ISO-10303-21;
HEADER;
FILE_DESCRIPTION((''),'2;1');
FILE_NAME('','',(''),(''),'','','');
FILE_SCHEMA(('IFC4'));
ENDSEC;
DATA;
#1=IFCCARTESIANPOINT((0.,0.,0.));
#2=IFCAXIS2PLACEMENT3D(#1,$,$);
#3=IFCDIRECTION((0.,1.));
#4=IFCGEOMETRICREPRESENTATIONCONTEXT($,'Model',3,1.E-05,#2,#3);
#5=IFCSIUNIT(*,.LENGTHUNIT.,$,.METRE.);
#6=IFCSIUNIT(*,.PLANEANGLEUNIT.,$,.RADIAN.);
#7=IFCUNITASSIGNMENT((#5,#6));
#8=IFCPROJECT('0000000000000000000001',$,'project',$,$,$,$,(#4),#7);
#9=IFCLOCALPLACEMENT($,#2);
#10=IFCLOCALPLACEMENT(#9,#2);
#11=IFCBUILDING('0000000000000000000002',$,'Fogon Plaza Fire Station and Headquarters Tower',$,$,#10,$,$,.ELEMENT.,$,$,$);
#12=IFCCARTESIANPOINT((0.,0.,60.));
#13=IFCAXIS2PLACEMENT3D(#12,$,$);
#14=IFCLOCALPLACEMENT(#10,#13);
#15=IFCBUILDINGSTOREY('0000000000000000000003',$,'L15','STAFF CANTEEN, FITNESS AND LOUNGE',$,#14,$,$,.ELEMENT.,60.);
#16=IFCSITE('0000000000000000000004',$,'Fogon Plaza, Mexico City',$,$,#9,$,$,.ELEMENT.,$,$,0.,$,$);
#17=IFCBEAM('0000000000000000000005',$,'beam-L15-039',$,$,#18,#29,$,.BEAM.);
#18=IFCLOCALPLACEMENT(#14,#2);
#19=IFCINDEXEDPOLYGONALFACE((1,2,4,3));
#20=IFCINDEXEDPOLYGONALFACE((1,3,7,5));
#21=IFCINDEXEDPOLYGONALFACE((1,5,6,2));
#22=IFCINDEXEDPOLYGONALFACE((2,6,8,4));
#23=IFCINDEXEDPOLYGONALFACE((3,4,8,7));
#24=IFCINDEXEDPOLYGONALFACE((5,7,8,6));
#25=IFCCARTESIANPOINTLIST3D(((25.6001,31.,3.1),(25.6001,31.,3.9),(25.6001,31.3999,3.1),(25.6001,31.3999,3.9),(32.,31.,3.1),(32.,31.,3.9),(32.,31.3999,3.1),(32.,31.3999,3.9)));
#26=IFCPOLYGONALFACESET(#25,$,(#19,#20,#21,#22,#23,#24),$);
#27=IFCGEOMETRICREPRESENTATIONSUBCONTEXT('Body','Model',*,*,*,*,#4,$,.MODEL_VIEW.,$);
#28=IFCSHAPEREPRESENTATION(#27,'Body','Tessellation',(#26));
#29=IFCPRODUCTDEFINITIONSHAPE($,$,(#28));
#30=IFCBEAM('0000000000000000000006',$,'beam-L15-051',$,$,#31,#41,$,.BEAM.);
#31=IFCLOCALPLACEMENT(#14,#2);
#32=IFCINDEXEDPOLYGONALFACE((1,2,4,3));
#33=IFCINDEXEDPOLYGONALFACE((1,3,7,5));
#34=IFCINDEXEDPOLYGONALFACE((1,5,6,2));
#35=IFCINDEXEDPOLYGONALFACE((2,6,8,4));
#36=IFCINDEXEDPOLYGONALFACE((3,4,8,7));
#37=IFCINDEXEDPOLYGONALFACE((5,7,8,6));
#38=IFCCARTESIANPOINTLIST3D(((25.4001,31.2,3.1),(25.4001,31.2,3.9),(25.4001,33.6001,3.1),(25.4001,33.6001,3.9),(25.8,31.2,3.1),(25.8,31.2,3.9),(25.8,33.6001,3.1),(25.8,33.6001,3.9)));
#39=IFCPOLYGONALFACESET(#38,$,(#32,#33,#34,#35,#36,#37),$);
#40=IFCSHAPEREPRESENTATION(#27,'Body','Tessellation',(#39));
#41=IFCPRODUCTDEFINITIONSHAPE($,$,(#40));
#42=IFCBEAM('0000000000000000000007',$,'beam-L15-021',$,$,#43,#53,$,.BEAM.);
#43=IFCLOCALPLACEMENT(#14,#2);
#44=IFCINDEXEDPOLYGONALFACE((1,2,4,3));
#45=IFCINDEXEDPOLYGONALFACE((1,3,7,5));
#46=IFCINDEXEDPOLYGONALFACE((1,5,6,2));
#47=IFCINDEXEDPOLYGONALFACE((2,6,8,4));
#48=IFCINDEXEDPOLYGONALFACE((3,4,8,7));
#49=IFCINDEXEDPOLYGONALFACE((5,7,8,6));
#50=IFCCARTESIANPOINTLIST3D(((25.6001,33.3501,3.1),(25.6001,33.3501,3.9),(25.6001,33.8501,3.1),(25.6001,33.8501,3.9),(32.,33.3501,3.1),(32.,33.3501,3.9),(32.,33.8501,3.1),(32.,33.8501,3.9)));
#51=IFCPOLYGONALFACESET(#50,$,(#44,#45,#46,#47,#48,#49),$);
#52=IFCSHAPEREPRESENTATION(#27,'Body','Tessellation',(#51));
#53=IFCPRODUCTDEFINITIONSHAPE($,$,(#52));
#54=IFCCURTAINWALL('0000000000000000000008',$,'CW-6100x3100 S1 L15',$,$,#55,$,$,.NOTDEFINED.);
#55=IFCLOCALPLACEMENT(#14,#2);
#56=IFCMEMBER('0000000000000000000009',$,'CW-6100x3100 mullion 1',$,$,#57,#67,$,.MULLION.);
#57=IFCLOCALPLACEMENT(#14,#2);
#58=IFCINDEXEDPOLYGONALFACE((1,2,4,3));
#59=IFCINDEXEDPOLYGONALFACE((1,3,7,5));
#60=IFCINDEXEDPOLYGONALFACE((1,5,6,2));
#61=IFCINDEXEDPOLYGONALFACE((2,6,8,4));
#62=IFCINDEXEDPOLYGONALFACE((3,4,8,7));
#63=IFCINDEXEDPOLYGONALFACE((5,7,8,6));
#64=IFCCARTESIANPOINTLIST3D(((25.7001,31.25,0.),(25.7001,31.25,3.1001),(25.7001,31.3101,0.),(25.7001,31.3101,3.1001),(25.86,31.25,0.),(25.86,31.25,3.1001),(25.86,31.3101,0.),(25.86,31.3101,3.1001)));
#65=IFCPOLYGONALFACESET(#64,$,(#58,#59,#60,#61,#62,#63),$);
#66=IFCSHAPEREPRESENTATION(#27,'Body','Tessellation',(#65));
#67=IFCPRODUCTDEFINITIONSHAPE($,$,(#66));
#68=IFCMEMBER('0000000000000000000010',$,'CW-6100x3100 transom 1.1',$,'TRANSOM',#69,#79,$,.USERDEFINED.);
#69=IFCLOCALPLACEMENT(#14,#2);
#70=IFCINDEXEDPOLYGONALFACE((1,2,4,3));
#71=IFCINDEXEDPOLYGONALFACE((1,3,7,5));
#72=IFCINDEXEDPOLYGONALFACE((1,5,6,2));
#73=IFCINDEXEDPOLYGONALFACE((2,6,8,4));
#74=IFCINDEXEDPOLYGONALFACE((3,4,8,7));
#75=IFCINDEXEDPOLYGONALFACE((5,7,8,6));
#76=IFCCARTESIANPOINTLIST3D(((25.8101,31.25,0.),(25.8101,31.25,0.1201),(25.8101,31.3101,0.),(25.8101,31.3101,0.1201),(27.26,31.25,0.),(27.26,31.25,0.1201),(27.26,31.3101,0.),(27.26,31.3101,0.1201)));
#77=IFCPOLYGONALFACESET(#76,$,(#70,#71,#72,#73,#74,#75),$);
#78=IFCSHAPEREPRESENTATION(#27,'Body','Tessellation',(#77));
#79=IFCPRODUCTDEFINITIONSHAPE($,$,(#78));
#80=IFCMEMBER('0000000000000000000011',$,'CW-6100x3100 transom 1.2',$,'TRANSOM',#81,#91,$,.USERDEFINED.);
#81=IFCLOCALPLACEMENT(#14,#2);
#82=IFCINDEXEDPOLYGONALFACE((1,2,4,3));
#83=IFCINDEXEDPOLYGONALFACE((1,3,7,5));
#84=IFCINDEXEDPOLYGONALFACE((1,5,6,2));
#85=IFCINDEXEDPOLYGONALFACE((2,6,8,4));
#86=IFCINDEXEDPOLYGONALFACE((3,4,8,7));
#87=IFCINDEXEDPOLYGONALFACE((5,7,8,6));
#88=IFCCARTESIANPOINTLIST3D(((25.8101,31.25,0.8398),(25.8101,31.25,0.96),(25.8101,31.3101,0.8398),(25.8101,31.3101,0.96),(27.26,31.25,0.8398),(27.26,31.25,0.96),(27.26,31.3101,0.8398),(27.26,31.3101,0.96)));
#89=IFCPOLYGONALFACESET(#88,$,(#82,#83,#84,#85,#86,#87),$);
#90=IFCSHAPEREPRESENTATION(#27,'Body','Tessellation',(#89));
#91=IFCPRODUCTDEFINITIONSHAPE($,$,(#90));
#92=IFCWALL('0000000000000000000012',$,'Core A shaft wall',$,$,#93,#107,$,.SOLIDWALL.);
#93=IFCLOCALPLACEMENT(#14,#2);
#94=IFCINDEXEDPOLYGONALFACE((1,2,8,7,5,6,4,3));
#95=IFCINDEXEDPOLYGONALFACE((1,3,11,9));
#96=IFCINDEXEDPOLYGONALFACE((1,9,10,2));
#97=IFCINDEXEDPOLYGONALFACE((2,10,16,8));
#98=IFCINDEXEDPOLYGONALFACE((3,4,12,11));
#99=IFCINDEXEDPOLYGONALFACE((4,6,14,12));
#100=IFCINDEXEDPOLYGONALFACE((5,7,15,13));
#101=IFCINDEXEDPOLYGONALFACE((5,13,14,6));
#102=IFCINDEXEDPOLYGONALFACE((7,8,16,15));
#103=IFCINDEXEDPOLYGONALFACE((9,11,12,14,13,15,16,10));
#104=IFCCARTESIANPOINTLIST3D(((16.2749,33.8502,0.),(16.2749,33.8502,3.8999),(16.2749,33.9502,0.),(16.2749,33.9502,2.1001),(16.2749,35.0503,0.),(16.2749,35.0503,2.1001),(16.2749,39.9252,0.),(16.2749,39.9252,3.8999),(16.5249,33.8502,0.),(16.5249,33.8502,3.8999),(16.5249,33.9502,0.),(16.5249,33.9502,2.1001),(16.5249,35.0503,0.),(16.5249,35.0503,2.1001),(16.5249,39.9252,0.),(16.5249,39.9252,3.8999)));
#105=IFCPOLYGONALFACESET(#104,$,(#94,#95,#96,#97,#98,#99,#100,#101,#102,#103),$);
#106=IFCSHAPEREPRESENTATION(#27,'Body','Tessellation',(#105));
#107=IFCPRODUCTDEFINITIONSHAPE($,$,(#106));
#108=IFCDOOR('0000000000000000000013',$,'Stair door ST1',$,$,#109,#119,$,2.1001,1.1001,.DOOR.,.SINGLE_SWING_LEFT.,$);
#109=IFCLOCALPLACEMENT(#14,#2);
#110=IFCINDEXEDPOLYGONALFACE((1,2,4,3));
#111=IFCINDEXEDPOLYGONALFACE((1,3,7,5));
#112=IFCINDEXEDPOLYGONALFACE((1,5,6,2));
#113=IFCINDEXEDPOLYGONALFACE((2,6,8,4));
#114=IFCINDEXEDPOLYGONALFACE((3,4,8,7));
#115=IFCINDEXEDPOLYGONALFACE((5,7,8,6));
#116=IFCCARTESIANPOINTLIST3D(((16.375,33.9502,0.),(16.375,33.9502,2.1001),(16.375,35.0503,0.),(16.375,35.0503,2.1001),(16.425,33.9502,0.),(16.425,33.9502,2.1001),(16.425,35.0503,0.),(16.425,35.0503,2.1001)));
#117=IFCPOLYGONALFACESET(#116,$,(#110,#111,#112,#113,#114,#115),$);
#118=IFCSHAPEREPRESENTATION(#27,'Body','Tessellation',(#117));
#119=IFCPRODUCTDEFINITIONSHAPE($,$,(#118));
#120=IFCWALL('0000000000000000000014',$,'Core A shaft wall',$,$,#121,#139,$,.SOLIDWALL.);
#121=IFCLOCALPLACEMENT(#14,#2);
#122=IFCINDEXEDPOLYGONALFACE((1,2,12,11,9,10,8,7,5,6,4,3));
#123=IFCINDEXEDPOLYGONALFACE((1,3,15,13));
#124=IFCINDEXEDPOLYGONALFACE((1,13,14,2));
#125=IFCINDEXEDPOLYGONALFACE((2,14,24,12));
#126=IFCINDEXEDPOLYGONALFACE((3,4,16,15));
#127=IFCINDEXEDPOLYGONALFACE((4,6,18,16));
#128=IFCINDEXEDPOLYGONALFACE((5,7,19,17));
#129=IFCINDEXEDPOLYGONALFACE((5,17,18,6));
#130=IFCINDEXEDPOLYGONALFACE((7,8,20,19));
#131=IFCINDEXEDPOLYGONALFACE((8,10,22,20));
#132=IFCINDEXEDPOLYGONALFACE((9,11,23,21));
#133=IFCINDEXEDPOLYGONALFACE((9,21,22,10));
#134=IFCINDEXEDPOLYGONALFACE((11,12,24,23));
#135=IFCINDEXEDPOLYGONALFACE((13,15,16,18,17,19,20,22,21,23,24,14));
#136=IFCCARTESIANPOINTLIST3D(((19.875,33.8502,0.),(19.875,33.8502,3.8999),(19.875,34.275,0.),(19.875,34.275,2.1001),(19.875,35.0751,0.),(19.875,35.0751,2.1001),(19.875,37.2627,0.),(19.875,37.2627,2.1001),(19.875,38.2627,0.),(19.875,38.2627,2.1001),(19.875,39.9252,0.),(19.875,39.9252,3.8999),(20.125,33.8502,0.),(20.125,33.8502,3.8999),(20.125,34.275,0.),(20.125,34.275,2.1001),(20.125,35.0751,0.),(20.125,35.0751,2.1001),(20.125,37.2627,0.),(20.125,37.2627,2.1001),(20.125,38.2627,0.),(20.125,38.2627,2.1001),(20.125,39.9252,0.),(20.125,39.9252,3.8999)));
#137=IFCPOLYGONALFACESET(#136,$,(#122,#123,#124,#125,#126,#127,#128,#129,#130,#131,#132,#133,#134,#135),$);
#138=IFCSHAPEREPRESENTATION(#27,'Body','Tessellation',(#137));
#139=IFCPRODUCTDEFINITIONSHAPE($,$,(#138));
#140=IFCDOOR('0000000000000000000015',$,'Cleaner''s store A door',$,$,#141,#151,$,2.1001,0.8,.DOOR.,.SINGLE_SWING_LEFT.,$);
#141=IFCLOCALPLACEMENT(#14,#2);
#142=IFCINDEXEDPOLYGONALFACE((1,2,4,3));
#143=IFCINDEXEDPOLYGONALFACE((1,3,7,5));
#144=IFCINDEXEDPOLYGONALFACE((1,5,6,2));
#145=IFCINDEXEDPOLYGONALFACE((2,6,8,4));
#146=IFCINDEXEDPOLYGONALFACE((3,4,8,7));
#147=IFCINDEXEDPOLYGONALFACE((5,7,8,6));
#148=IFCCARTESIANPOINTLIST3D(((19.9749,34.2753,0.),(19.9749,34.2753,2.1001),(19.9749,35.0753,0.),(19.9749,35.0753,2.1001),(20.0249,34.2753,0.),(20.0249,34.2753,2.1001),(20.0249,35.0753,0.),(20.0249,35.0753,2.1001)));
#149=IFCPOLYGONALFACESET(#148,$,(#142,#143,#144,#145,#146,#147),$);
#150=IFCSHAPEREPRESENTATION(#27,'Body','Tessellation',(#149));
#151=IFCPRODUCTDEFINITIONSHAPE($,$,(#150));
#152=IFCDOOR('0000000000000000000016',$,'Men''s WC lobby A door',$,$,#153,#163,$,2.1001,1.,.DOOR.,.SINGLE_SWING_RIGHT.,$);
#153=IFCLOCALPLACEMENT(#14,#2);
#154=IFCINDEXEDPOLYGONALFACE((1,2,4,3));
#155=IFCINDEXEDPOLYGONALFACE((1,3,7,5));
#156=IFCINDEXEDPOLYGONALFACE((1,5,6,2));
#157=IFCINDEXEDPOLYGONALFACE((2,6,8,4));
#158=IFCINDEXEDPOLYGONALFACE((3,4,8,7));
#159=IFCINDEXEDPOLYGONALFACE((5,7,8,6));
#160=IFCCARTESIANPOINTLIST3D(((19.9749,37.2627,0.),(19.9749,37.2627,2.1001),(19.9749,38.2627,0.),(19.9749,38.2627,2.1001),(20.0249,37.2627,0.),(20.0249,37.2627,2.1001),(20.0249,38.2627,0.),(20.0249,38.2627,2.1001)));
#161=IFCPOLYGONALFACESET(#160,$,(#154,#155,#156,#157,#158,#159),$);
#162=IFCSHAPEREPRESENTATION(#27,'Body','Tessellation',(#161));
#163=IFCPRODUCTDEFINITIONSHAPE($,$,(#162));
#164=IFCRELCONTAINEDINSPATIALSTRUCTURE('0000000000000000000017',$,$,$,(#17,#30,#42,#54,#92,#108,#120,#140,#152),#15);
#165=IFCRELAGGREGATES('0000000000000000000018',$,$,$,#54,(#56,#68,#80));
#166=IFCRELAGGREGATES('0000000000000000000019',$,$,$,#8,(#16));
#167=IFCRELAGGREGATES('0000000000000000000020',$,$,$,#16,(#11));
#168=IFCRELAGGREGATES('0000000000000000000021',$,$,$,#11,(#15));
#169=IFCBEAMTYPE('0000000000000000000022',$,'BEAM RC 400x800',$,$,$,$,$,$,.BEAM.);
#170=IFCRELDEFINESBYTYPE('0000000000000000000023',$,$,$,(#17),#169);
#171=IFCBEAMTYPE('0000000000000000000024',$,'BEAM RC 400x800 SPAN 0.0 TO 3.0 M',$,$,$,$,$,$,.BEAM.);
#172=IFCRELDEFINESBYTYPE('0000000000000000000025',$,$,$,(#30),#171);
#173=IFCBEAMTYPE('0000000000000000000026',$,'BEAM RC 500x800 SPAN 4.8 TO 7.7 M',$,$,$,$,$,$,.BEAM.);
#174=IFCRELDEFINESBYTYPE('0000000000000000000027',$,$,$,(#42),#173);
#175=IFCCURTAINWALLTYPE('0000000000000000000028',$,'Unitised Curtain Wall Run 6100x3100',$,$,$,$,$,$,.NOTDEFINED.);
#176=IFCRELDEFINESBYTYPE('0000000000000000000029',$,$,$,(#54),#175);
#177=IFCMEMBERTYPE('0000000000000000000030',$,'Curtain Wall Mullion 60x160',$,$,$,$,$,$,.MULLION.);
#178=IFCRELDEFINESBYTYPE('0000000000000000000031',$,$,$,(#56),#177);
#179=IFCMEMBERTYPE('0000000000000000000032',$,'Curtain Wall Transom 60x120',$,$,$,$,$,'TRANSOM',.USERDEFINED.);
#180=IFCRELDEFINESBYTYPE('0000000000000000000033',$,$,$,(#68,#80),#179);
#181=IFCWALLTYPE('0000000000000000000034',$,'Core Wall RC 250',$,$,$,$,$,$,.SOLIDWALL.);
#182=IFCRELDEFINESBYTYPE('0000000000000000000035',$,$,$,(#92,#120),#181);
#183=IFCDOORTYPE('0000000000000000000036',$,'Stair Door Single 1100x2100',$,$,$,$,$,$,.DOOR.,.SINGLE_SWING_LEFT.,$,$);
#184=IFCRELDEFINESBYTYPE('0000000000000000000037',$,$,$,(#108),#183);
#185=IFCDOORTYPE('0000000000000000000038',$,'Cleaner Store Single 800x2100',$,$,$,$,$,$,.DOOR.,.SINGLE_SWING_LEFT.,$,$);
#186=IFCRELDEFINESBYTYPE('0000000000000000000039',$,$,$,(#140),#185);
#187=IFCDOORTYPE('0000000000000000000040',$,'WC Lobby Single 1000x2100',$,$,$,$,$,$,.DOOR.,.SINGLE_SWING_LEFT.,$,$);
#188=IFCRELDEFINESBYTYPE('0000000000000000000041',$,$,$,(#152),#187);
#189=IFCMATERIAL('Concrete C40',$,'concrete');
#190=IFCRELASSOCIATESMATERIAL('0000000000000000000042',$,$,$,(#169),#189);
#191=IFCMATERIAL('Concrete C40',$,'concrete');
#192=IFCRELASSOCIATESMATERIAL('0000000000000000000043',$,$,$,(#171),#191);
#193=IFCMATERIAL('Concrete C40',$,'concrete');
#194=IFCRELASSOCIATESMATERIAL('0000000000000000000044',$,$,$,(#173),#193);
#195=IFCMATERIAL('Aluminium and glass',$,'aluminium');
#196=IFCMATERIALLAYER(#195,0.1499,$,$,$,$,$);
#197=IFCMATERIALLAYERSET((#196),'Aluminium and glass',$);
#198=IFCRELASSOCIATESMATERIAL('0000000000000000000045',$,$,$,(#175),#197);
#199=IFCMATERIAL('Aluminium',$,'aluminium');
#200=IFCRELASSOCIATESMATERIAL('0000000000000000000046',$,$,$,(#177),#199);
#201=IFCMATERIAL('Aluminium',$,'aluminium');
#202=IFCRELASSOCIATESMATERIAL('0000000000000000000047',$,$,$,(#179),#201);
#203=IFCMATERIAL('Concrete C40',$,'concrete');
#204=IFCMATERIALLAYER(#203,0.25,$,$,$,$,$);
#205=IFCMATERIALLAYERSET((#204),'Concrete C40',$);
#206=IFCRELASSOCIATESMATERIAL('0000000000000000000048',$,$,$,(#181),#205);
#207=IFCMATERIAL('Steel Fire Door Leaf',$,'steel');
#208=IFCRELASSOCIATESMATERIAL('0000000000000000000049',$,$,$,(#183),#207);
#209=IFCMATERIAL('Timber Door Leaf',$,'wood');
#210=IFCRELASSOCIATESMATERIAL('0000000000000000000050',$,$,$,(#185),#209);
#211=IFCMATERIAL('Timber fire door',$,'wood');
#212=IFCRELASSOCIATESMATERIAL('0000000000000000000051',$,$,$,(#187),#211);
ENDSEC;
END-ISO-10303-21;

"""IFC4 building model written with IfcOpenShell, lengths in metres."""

from ifc_helpers import new_model, si_unit, direction, frame, frame_2d, origin, origin_2d, place, context, subcontext, project, spatial, rectangle, extrude, material, layer, layer_set, material_profile, profile_set, type_object, element, fill, aggregate, save


model = new_model("IFC4")

# Units and contexts
model_context = context("Model", 3, precision=1e-05, world=origin(), true_north=direction((0.0, 1.0)))
body_context = subcontext(model_context, "Body", "Model", "MODEL_VIEW")
ifc_project = project(units=[si_unit("LENGTHUNIT", "METRE"), si_unit("PLANEANGLEUNIT", "RADIAN")], contexts=[model_context])

# Site, building, storey
site_placement = place(None, origin())
site = spatial("IfcSite", under=ifc_project, at=site_placement, Name="Fogon Plaza, Mexico City", CompositionType="ELEMENT", RefElevation=0.0)
building_placement = place(site_placement, origin())
building = spatial("IfcBuilding", under=site, at=building_placement, Name="Fogon Plaza Fire Station and Headquarters Tower", CompositionType="ELEMENT")
storey_placement = place(building_placement, frame((0.0, 0.0, 60.0)))
storey = spatial("IfcBuildingStorey", under=building, at=storey_placement, Name="L15", Description="STAFF CANTEEN, FITNESS AND LOUNGE", CompositionType="ELEMENT", Elevation=60.0)

# Beams
ifc_material_1 = material(Name="Concrete C40", Category="concrete")
ifc_material_profile_1 = material_profile(ifc_material_1, rectangle(XDim=0.3999, YDim=0.8, at=origin_2d()), Name="RC 400x800")
ifc_profile_set_1 = profile_set([ifc_material_profile_1], Name="Concrete C40")
beam_type_1 = type_object("IfcBeamType", Name="BEAM RC 400x800", PredefinedType="BEAM", material=ifc_profile_set_1)
beam_1_placement = place(storey_placement, frame((25.6001, 31.2, 3.5), z_axis=(1.0, 0.0, 0.0), x_axis=(0.0, 1.0, 0.0)))
element("IfcBeam", 1, at=beam_1_placement, inside=storey, type_object=beam_type_1, Name="beam-L15-039", PredefinedType="BEAM", context=body_context, shape_type="SweptSolid", body=[
    extrude(rectangle(XDim=0.3999, YDim=0.8, at=origin_2d()), origin(), (0.0, 0.0, 1.0), 6.3999),
])
ifc_material_2 = material(Name="Concrete C40", Category="concrete")
ifc_material_profile_2 = material_profile(ifc_material_2, rectangle(XDim=0.3999, YDim=0.8, at=origin_2d()), Name="RC 400x800")
ifc_profile_set_2 = profile_set([ifc_material_profile_2], Name="Concrete C40")
beam_type_2 = type_object("IfcBeamType", Name="BEAM RC 400x800 SPAN 0.0 TO 3.0 M", PredefinedType="BEAM", material=ifc_profile_set_2)
beam_2_placement = place(storey_placement, frame((25.6001, 31.2, 3.5), z_axis=(0.0, 1.0, 0.0), x_axis=(-1.0, 0.0, 0.0)))
element("IfcBeam", 2, at=beam_2_placement, inside=storey, type_object=beam_type_2, Name="beam-L15-051", PredefinedType="BEAM", context=body_context, shape_type="SweptSolid", body=[
    extrude(rectangle(XDim=0.3999, YDim=0.8, at=origin_2d()), origin(), (0.0, 0.0, 1.0), 2.4001),
])
ifc_material_3 = material(Name="Concrete C40", Category="concrete")
ifc_material_profile_3 = material_profile(ifc_material_3, rectangle(XDim=0.5, YDim=0.8, at=origin_2d()), Name="RC 500x800")
ifc_profile_set_3 = profile_set([ifc_material_profile_3], Name="Concrete C40")
beam_type_3 = type_object("IfcBeamType", Name="BEAM RC 500x800 SPAN 4.8 TO 7.7 M", PredefinedType="BEAM", material=ifc_profile_set_3)
beam_3_placement = place(storey_placement, frame((25.6001, 33.6001, 3.5), z_axis=(1.0, 0.0, 0.0), x_axis=(0.0, 1.0, 0.0)))
element("IfcBeam", 3, at=beam_3_placement, inside=storey, type_object=beam_type_3, Name="beam-L15-021", PredefinedType="BEAM", context=body_context, shape_type="SweptSolid", body=[
    extrude(rectangle(XDim=0.5, YDim=0.8, at=origin_2d()), origin(), (0.0, 0.0, 1.0), 6.3999),
])

# Curtain wall, members
ifc_material_4 = material(Name="Aluminium and glass", Category="aluminium")
ifc_layer_1 = layer(ifc_material_4, 0.1499)
ifc_layer_set_1 = layer_set([ifc_layer_1], Name="Aluminium and glass")
curtain_wall_type = type_object("IfcCurtainWallType", Name="Unitised Curtain Wall Run 6100x3100", PredefinedType="NOTDEFINED", material=ifc_layer_set_1)
curtain_wall_placement = place(storey_placement, origin())
curtain_wall = element("IfcCurtainWall", 4, at=curtain_wall_placement, inside=storey, type_object=curtain_wall_type, Name="CW-6100x3100 S1 L15", PredefinedType="NOTDEFINED")
ifc_material_5 = material(Name="Aluminium", Category="aluminium")
ifc_material_profile_4 = material_profile(ifc_material_5, rectangle(XDim=0.0601, YDim=0.1599, at=origin_2d()), Name="Curtain Wall Mullion 60x160")
ifc_profile_set_4 = profile_set([ifc_material_profile_4], Name="Aluminium")
member_type_1 = type_object("IfcMemberType", Name="Curtain Wall Mullion 60x160", PredefinedType="MULLION", material=ifc_profile_set_4)
member_1_placement = place(storey_placement, frame((25.78, 31.28, 0.0), z_axis=(0.0, 0.0, 1.0), x_axis=(0.0, 1.0, 0.0)))
member_1 = element("IfcMember", 5, at=member_1_placement, type_object=member_type_1, Name="CW-6100x3100 mullion 1", PredefinedType="MULLION", context=body_context, shape_type="SweptSolid", body=[
    extrude(rectangle(XDim=0.0601, YDim=0.1599, at=origin_2d()), origin(), (0.0, 0.0, 1.0), 3.1001),
])
ifc_material_6 = material(Name="Aluminium", Category="aluminium")
ifc_material_profile_5 = material_profile(ifc_material_6, rectangle(XDim=0.0601, YDim=0.1201, at=origin_2d()), Name="Curtain Wall Transom 60x120")
ifc_profile_set_5 = profile_set([ifc_material_profile_5], Name="Aluminium")
member_type_2 = type_object("IfcMemberType", Name="Curtain Wall Transom 60x120", ElementType="TRANSOM", PredefinedType="USERDEFINED", material=ifc_profile_set_5)
member_2_placement = place(storey_placement, frame((25.8101, 31.28, 0.0601), z_axis=(1.0, 0.0, 0.0), x_axis=(0.0, 1.0, 0.0)))
member_2 = element("IfcMember", 6, at=member_2_placement, type_object=member_type_2, Name="CW-6100x3100 transom 1.1", ObjectType="TRANSOM", PredefinedType="USERDEFINED", context=body_context, shape_type="SweptSolid", body=[
    extrude(rectangle(XDim=0.0601, YDim=0.1201, at=origin_2d()), origin(), (0.0, 0.0, 1.0), 1.45),
])
member_3_placement = place(storey_placement, frame((25.8101, 31.28, 0.8999), z_axis=(1.0, 0.0, 0.0), x_axis=(0.0, 1.0, 0.0)))
member_3 = element("IfcMember", 7, at=member_3_placement, type_object=member_type_2, Name="CW-6100x3100 transom 1.2", ObjectType="TRANSOM", PredefinedType="USERDEFINED", context=body_context, shape_type="SweptSolid", body=[
    extrude(rectangle(XDim=0.0601, YDim=0.1201, at=origin_2d()), origin(), (0.0, 0.0, 1.0), 1.45),
])
aggregate(curtain_wall, [member_1, member_2, member_3])

# Wall, opening, door
ifc_material_7 = material(Name="Concrete C40", Category="concrete")
ifc_layer_2 = layer(ifc_material_7, 0.25)
ifc_layer_set_2 = layer_set([ifc_layer_2], Name="Concrete C40")
wall_type_1 = type_object("IfcWallType", Name="Core Wall RC 250", PredefinedType="SOLIDWALL", material=ifc_layer_set_2)
wall_1_placement = place(storey_placement, frame((16.3999, 33.8501, 0.0), z_axis=(0.0, 0.0, 1.0), x_axis=(0.0, 1.0, 0.0)))
wall_1 = element("IfcWall", 8, at=wall_1_placement, inside=storey, type_object=wall_type_1, Name="Core A shaft wall", PredefinedType="SOLIDWALL", context=body_context, shape_type="SweptSolid", body=[
    extrude(rectangle(XDim=6.075, YDim=0.25, at=frame_2d((3.0376, 0.0))), origin(), (0.0, 0.0, 1.0), 3.8999),
])
opening_1_placement = place(wall_1_placement, frame((0.1001, 0.0, 0.0)))
opening_1 = element("IfcOpeningElement", 9, at=opening_1_placement, cuts=wall_1, PredefinedType="OPENING", context=body_context, shape_type="SweptSolid", body=[
    extrude(rectangle(XDim=1.1001, YDim=2.1001, at=frame_2d((0.55, 1.05))), frame((0.0, 0.135, 0.0), z_axis=(0.0, -1.0, 0.0), x_axis=(1.0, 0.0, 0.0)), (0.0, 0.0, 1.0), 0.27),
])
ifc_material_8 = material(Name="Steel Fire Door Leaf", Category="steel")
door_type_1 = type_object("IfcDoorType", Name="Stair Door Single 1100x2100", OperationType="SINGLE_SWING_LEFT", PredefinedType="DOOR", material=ifc_material_8)
door_1_placement = place(opening_1_placement, origin())
door_1 = element("IfcDoor", 10, at=door_1_placement, inside=storey, type_object=door_type_1, Name="Stair door ST1", OperationType="SINGLE_SWING_LEFT", OverallHeight=2.1001, OverallWidth=1.1001, PredefinedType="DOOR", context=body_context, shape_type="SweptSolid", body=[
    extrude(rectangle(XDim=1.1001, YDim=2.1001, at=frame_2d((0.55, 1.05))), frame((0.0, 0.0249, 0.0), z_axis=(0.0, -1.0, 0.0), x_axis=(1.0, 0.0, 0.0)), (0.0, 0.0, 1.0), 0.05),
])
fill(opening_1, door_1)

# Wall, openings, doors
wall_2_placement = place(storey_placement, frame((20.0, 33.8501, 0.0), z_axis=(0.0, 0.0, 1.0), x_axis=(0.0, 1.0, 0.0)))
wall_2 = element("IfcWall", 11, at=wall_2_placement, inside=storey, type_object=wall_type_1, Name="Core A shaft wall", PredefinedType="SOLIDWALL", context=body_context, shape_type="SweptSolid", body=[
    extrude(rectangle(XDim=6.075, YDim=0.25, at=frame_2d((3.0376, 0.0))), origin(), (0.0, 0.0, 1.0), 3.8999),
])
opening_2_placement = place(wall_2_placement, frame((0.425, 0.0, 0.0)))
opening_2 = element("IfcOpeningElement", 12, at=opening_2_placement, cuts=wall_2, PredefinedType="OPENING", context=body_context, shape_type="SweptSolid", body=[
    extrude(rectangle(XDim=0.8, YDim=2.1001, at=frame_2d((0.3999, 1.05))), frame((0.0, 0.135, 0.0), z_axis=(0.0, -1.0, 0.0), x_axis=(1.0, 0.0, 0.0)), (0.0, 0.0, 1.0), 0.27),
])
opening_3_placement = place(wall_2_placement, frame((3.4126, 0.0, 0.0)))
opening_3 = element("IfcOpeningElement", 13, at=opening_3_placement, cuts=wall_2, PredefinedType="OPENING", context=body_context, shape_type="SweptSolid", body=[
    extrude(rectangle(XDim=1.0, YDim=2.1001, at=frame_2d((0.5, 1.05))), frame((0.0, 0.135, 0.0), z_axis=(0.0, -1.0, 0.0), x_axis=(1.0, 0.0, 0.0)), (0.0, 0.0, 1.0), 0.27),
])
ifc_material_9 = material(Name="Timber Door Leaf", Category="wood")
door_type_2 = type_object("IfcDoorType", Name="Cleaner Store Single 800x2100", OperationType="SINGLE_SWING_LEFT", PredefinedType="DOOR", material=ifc_material_9)
door_2_placement = place(opening_2_placement, frame((0.8, 0.0, 0.0), z_axis=(0.0, 0.0, 1.0), x_axis=(-1.0, 0.0, 0.0)))
door_2 = element("IfcDoor", 14, at=door_2_placement, inside=storey, type_object=door_type_2, Name="Cleaner's store A door", OperationType="SINGLE_SWING_LEFT", OverallHeight=2.1001, OverallWidth=0.8, PredefinedType="DOOR", context=body_context, shape_type="SweptSolid", body=[
    extrude(rectangle(XDim=0.8, YDim=2.1001, at=frame_2d((0.3999, 1.05))), frame((0.0, 0.0249, 0.0), z_axis=(0.0, -1.0, 0.0), x_axis=(1.0, 0.0, 0.0)), (0.0, 0.0, 1.0), 0.05),
])
fill(opening_2, door_2)
ifc_material_10 = material(Name="Timber fire door", Category="wood")
door_type_3 = type_object("IfcDoorType", Name="WC Lobby Single 1000x2100", OperationType="SINGLE_SWING_LEFT", PredefinedType="DOOR", material=ifc_material_10)
door_3_placement = place(opening_3_placement, frame((1.0, 0.0, 0.0), z_axis=(0.0, 0.0, 1.0), x_axis=(-1.0, 0.0, 0.0)))
door_3 = element("IfcDoor", 15, at=door_3_placement, inside=storey, type_object=door_type_3, Name="Men's WC lobby A door", OperationType="SINGLE_SWING_RIGHT", OverallHeight=2.1001, OverallWidth=1.0, PredefinedType="DOOR", context=body_context, shape_type="SweptSolid", body=[
    extrude(rectangle(XDim=1.0, YDim=2.1001, at=frame_2d((0.5, 1.05))), frame((0.0, 0.0249, 0.0), z_axis=(0.0, -1.0, 0.0), x_axis=(1.0, 0.0, 0.0)), (0.0, 0.0, 1.0), 0.05),
])
fill(opening_3, door_3)

save(model, "model.ifc")
